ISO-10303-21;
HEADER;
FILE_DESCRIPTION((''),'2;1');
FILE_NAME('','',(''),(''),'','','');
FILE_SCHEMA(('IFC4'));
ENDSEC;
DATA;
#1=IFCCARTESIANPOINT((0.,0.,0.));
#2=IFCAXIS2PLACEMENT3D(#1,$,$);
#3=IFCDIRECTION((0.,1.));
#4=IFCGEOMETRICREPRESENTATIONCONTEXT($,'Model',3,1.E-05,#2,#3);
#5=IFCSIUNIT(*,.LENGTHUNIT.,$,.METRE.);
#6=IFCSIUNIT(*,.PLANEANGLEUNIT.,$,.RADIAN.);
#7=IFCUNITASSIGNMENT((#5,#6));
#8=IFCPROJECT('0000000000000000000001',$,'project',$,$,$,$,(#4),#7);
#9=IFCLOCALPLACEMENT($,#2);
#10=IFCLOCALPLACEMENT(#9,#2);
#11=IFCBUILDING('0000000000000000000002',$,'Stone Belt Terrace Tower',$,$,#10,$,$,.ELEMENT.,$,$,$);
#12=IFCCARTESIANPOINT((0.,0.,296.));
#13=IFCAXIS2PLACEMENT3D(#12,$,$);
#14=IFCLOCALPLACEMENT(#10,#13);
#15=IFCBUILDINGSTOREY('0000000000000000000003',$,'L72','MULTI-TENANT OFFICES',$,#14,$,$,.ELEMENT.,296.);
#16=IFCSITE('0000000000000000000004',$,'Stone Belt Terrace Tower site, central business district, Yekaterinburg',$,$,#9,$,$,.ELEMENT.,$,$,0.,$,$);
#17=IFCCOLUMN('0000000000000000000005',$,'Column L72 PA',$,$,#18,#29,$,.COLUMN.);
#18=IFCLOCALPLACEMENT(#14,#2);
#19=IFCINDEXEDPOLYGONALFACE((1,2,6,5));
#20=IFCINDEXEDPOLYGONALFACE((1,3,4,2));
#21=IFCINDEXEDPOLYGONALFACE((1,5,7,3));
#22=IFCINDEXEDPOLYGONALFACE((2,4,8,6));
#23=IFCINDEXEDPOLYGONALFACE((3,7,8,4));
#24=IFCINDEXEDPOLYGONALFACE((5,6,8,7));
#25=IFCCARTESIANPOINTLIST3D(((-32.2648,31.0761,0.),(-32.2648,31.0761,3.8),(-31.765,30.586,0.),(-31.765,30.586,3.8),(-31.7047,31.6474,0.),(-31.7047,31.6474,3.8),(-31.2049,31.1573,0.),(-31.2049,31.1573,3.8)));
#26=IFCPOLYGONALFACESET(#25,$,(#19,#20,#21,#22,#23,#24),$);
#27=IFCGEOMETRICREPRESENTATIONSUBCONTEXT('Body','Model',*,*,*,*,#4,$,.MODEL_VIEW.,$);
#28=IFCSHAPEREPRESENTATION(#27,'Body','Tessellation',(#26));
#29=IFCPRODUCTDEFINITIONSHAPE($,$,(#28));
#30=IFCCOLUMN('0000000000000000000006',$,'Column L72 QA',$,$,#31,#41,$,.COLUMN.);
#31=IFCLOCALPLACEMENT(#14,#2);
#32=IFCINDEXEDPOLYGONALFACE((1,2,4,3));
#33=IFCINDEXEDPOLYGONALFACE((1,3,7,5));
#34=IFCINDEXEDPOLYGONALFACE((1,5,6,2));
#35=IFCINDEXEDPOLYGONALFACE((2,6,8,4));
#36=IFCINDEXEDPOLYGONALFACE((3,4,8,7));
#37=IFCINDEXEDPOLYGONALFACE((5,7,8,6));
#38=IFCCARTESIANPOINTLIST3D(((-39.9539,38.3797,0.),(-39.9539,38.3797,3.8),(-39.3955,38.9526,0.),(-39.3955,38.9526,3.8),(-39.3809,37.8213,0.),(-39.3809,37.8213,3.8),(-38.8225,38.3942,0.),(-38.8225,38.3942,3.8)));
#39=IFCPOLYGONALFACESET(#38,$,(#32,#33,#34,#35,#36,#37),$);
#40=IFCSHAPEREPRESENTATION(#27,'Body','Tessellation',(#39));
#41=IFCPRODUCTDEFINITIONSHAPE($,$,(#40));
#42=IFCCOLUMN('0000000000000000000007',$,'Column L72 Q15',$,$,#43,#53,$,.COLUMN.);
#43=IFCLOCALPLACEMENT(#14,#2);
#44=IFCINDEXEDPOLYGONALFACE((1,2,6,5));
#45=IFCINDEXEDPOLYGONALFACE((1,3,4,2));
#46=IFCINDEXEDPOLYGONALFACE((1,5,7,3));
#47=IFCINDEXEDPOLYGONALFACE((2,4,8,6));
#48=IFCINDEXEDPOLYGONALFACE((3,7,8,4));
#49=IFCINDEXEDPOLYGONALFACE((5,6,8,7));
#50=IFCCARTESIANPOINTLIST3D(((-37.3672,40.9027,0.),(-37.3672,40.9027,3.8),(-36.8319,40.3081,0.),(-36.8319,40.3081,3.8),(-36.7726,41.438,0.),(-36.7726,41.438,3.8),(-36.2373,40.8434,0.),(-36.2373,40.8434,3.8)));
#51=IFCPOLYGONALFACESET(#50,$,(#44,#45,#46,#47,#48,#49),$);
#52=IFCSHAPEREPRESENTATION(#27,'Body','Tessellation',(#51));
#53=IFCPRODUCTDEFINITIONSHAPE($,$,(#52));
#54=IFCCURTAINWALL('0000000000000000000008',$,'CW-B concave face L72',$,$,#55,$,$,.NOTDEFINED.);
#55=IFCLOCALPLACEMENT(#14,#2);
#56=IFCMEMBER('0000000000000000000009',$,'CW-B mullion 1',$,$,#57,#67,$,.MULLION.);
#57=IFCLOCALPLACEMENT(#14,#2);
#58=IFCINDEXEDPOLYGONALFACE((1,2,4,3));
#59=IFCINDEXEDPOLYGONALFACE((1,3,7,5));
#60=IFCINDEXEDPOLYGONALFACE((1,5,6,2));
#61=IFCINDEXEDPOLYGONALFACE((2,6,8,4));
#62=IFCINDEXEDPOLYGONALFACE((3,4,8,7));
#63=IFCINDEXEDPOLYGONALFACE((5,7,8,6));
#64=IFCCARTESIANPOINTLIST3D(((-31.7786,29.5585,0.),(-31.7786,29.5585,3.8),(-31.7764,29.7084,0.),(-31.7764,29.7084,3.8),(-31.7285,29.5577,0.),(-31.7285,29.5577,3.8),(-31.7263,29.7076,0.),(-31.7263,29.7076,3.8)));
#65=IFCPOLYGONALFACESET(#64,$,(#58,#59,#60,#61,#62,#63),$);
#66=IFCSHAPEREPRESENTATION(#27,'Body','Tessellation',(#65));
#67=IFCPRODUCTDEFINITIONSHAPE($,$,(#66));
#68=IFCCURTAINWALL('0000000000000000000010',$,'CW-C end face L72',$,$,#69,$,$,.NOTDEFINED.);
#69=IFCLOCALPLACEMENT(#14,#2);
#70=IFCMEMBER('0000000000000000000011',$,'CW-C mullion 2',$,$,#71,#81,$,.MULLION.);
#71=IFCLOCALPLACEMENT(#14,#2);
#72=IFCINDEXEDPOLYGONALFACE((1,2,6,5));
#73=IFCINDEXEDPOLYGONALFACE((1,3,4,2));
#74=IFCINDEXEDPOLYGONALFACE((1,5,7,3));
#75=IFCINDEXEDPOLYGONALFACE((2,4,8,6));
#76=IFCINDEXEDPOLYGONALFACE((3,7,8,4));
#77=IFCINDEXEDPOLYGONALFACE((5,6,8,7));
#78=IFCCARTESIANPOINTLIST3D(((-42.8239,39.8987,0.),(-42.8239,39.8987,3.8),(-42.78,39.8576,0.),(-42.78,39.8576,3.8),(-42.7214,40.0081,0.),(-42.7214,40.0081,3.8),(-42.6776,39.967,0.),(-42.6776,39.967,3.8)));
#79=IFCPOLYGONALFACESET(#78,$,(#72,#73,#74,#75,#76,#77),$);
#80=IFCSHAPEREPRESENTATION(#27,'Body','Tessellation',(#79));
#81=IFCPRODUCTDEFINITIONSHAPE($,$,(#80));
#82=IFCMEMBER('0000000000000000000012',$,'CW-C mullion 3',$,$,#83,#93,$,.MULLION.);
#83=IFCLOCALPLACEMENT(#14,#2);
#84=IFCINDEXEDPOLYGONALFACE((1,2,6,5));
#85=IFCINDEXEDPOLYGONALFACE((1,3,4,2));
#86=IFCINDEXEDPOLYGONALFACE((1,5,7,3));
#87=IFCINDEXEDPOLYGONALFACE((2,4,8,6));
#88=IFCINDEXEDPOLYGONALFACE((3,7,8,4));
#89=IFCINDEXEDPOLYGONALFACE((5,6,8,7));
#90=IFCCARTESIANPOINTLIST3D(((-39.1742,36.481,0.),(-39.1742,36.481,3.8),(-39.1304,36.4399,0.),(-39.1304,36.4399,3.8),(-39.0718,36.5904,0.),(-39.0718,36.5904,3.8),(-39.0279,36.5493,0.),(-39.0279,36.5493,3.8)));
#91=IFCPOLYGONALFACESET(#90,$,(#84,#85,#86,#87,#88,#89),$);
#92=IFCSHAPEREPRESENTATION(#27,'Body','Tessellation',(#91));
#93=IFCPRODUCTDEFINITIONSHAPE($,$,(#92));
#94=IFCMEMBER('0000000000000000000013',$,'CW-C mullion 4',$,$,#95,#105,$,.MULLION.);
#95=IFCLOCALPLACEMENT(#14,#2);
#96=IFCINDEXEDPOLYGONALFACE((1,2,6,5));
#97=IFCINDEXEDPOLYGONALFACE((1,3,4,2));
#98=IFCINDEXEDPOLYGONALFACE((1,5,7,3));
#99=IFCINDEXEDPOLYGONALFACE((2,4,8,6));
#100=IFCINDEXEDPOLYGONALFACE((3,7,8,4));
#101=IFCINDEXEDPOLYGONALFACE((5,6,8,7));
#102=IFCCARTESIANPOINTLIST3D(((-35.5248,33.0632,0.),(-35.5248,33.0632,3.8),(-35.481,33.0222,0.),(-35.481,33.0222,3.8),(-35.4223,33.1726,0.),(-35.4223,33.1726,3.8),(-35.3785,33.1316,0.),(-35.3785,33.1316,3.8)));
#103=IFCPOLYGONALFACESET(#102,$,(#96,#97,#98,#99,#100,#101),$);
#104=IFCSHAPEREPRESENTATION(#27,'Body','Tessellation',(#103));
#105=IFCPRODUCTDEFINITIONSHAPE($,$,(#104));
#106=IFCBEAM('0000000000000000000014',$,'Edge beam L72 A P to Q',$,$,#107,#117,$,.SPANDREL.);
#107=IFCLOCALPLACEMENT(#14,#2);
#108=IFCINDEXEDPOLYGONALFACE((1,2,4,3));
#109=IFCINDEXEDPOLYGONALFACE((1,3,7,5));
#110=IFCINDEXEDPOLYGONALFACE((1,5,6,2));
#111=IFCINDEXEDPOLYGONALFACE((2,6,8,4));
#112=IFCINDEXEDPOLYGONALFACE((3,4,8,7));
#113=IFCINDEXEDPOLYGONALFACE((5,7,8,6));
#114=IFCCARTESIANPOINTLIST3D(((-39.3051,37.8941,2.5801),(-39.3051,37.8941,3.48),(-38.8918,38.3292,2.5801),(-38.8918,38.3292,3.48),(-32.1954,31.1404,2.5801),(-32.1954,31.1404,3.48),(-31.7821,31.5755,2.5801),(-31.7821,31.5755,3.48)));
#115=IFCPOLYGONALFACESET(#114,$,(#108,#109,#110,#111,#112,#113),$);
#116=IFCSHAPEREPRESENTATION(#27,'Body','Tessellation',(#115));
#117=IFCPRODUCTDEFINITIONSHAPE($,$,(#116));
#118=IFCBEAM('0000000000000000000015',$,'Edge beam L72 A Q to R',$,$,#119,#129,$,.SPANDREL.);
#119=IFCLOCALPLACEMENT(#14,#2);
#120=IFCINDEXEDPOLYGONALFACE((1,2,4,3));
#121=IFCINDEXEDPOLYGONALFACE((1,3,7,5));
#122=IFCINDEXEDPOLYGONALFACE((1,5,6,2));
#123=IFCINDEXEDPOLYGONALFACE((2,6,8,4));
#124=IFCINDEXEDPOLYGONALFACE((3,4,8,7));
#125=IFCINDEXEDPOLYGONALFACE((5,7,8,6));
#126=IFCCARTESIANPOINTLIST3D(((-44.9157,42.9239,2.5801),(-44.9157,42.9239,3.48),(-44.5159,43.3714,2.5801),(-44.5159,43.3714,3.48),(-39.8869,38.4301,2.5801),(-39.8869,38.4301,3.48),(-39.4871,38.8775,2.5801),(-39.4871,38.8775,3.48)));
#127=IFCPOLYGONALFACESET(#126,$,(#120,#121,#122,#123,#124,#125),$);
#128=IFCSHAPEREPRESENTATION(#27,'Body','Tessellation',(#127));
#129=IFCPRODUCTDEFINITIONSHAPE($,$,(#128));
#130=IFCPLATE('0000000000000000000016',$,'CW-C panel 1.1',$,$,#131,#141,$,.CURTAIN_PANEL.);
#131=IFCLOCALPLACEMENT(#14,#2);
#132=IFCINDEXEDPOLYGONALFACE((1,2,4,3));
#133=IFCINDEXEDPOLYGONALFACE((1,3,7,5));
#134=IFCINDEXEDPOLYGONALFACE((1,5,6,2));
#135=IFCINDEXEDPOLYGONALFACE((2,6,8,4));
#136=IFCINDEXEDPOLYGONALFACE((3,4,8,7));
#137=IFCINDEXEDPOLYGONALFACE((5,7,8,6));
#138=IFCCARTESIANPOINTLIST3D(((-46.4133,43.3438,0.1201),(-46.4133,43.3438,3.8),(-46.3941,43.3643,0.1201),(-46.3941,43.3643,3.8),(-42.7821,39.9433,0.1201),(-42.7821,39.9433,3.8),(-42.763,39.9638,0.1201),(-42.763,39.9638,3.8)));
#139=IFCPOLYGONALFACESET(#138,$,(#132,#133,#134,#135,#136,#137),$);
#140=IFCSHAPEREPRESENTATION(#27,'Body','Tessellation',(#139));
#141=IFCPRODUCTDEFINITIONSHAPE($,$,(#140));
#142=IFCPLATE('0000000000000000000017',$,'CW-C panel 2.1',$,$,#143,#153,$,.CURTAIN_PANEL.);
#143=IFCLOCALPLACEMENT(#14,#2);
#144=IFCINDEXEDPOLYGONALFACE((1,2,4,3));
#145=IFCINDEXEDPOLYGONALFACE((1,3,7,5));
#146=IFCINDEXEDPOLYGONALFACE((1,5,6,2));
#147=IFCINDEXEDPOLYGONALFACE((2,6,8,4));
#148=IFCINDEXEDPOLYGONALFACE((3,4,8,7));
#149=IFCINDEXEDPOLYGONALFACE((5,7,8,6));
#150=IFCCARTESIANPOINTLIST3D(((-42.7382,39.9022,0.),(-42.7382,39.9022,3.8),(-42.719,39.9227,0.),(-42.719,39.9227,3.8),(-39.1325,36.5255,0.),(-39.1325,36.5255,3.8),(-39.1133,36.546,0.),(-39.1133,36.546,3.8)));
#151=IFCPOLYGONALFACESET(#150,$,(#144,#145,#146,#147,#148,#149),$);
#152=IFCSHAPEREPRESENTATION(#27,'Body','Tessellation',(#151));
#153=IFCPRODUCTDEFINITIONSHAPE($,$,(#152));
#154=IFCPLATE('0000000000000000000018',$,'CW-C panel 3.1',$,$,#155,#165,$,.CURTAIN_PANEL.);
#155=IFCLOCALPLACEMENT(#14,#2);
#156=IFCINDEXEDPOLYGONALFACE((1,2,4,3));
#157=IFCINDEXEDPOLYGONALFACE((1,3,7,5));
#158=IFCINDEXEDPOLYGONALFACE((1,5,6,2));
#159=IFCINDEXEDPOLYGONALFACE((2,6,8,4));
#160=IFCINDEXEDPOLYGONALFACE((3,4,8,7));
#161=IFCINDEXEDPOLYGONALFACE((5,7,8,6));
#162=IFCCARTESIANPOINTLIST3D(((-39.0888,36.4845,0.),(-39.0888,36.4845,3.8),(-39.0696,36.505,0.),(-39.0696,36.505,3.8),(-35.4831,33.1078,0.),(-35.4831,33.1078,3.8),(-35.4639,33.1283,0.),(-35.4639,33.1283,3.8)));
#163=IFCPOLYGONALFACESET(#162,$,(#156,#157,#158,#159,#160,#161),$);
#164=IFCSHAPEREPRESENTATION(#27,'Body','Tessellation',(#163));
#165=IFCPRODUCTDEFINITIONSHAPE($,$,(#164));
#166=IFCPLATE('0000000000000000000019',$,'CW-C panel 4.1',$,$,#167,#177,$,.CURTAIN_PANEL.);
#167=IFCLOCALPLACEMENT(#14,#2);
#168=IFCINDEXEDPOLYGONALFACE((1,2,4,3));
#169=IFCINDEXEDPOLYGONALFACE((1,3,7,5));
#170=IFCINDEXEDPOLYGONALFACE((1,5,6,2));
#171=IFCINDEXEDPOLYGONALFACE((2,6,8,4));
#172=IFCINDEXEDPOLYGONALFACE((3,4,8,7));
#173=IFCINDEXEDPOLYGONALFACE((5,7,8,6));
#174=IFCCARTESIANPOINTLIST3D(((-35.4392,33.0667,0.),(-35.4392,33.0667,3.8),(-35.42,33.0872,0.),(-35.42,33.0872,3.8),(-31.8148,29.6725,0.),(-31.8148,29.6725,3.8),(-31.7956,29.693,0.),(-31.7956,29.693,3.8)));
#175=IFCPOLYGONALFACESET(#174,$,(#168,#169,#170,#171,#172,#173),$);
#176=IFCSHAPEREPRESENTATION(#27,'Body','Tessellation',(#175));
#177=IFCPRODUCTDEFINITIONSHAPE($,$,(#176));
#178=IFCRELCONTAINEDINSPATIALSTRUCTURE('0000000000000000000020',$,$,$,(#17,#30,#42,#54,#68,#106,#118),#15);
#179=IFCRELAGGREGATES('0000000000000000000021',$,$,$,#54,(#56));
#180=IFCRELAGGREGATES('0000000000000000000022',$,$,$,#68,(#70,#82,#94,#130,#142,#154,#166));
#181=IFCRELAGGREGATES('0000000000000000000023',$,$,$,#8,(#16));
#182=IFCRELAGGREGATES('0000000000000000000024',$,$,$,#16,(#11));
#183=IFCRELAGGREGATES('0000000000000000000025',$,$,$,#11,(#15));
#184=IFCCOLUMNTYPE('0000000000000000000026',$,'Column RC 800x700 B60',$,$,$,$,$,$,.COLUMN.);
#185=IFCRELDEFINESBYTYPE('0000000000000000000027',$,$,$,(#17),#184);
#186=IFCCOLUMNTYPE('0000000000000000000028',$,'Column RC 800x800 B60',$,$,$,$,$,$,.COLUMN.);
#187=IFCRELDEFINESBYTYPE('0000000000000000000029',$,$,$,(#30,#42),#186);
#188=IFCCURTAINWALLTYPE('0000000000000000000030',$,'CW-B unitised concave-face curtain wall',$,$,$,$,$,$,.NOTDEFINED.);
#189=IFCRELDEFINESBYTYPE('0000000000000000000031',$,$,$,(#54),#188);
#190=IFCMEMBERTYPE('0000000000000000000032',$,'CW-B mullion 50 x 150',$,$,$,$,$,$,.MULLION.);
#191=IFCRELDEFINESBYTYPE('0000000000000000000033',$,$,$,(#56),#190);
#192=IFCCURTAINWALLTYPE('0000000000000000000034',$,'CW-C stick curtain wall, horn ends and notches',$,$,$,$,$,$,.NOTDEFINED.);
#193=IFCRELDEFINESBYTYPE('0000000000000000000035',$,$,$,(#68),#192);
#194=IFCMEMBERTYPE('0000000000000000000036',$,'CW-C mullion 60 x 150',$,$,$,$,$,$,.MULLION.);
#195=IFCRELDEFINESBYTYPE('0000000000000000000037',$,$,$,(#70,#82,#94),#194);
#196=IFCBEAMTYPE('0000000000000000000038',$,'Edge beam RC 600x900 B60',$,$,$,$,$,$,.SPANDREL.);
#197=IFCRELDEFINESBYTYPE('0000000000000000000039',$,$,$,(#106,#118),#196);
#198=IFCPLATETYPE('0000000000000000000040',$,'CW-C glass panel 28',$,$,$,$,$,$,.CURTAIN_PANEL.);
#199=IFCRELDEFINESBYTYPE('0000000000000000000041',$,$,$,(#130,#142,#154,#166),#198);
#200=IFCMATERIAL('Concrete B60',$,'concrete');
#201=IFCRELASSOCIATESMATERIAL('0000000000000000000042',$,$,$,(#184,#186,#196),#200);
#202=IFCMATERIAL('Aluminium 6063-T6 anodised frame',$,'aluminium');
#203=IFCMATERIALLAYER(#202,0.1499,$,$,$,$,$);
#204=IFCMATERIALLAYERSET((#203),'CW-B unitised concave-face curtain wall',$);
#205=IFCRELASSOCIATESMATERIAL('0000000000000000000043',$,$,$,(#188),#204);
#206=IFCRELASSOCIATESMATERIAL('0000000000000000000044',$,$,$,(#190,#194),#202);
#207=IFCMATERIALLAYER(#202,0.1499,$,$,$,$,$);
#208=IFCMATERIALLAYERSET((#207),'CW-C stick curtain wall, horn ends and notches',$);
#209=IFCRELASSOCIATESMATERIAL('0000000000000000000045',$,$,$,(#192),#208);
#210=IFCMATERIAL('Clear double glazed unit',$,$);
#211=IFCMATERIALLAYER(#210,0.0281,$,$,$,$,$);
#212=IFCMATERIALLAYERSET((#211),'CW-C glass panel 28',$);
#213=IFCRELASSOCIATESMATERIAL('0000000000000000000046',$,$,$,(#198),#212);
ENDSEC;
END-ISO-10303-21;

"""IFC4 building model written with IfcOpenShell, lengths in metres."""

from ifc_helpers import new_model, si_unit, direction, frame, origin, origin_2d, place, context, subcontext, project, spatial, rectangle, extrude, material, layer, layer_set, material_profile, profile_set, type_object, element, aggregate, save


model = new_model("IFC4")

# Units and contexts
model_context = context("Model", 3, precision=1e-05, world=origin(), true_north=direction((0.0, 1.0)))
body_context = subcontext(model_context, "Body", "Model", "MODEL_VIEW")
ifc_project = project(units=[si_unit("LENGTHUNIT", "METRE"), si_unit("PLANEANGLEUNIT", "RADIAN")], contexts=[model_context])

# Site, building, storey
site_placement = place(None, origin())
site = spatial("IfcSite", under=ifc_project, at=site_placement, Name="Stone Belt Terrace Tower site, central business district, Yekaterinburg", CompositionType="ELEMENT", RefElevation=0.0)
building_placement = place(site_placement, origin())
building = spatial("IfcBuilding", under=site, at=building_placement, Name="Stone Belt Terrace Tower", CompositionType="ELEMENT")
storey_placement = place(building_placement, frame((0.0, 0.0, 296.0)))
storey = spatial("IfcBuildingStorey", under=building, at=storey_placement, Name="L72", Description="MULTI-TENANT OFFICES", CompositionType="ELEMENT", Elevation=296.0)

# Columns
ifc_material_1 = material(Name="Concrete B60", Category="concrete")
ifc_material_profile_1 = material_profile(ifc_material_1, rectangle(XDim=0.8, YDim=0.7, at=origin_2d()), Name="RC 800x700")
ifc_profile_set_1 = profile_set([ifc_material_profile_1], Name="Concrete B60")
column_type_1 = type_object("IfcColumnType", Name="Column RC 800x700 B60", PredefinedType="COLUMN", material=ifc_profile_set_1)
column_placement = place(storey_placement, frame((-31.7349, 31.1167, 0.0), z_axis=(0.0, 0.0, 1.0), x_axis=(0.70012, 0.714026, 0.0)))
element("IfcColumn", 1, at=column_placement, inside=storey, type_object=column_type_1, Name="Column L72 PA", PredefinedType="COLUMN", context=body_context, shape_type="SweptSolid", body=[
    extrude(rectangle(XDim=0.8, YDim=0.7, at=origin_2d()), origin(), (0.0, 0.0, 1.0), 3.8),
])
ifc_material_profile_2 = material_profile(ifc_material_1, rectangle(XDim=0.8, YDim=0.8, at=origin_2d()), Name="RC 800x800")
ifc_profile_set_2 = profile_set([ifc_material_profile_2], Name="Concrete B60")
column_type_2 = type_object("IfcColumnType", Name="Column RC 800x800 B60", PredefinedType="COLUMN", material=ifc_profile_set_2)
for number, where, z_axis, x_axis, name in (
    (2, (-39.3882, 38.387, 0.0), (0.0, 0.0, 1.0), (0.697944, 0.716152, 0.0), "Column L72 QA"),
    (3, (-36.8022, 40.873, 0.0), (0.0, 0.0, 1.0), (0.743145, 0.669131, 0.0), "Column L72 Q15"),
):
    element("IfcColumn", number, at=place(storey_placement, frame(where, z_axis=z_axis, x_axis=x_axis)), inside=storey, type_object=column_type_2, Name=name, PredefinedType="COLUMN", context=body_context, shape_type="SweptSolid", body=[
        extrude(rectangle(XDim=0.8, YDim=0.8, at=origin_2d()), origin(), (0.0, 0.0, 1.0), 3.8),
    ])

# Curtain wall, member
ifc_material_2 = material(Name="Aluminium 6063-T6 anodised frame", Category="aluminium")
ifc_layer_1 = layer(ifc_material_2, 0.1499)
ifc_layer_set_1 = layer_set([ifc_layer_1], Name="CW-B unitised concave-face curtain wall")
curtain_wall_type_1 = type_object("IfcCurtainWallType", Name="CW-B unitised concave-face curtain wall", PredefinedType="NOTDEFINED", material=ifc_layer_set_1)
curtain_wall_1_placement = place(storey_placement, origin())
curtain_wall_1 = element("IfcCurtainWall", 4, at=curtain_wall_1_placement, inside=storey, type_object=curtain_wall_type_1, Name="CW-B concave face L72", PredefinedType="NOTDEFINED")
ifc_material_profile_3 = material_profile(ifc_material_2, rectangle(XDim=0.1499, YDim=0.05, at=origin_2d()), Name="Aluminium 6063-T6 50x150")
ifc_profile_set_3 = profile_set([ifc_material_profile_3], Name="Aluminium 6063-T6 anodised frame")
member_type_1 = type_object("IfcMemberType", Name="CW-B mullion 50 x 150", PredefinedType="MULLION", material=ifc_profile_set_3)
member_1_placement = place(storey_placement, frame((-31.7524, 29.6331, 0.0), z_axis=(0.0, 0.0, 1.0), x_axis=(0.014682, 0.999892, 0.0)))
member_1 = element("IfcMember", 5, at=member_1_placement, type_object=member_type_1, Name="CW-B mullion 1", PredefinedType="MULLION", context=body_context, shape_type="SweptSolid", body=[
    extrude(rectangle(XDim=0.1499, YDim=0.05, at=origin_2d()), origin(), (0.0, 0.0, 1.0), 3.8),
])
aggregate(curtain_wall_1, [member_1])

# Curtain wall, members
ifc_layer_2 = layer(ifc_material_2, 0.1499)
ifc_layer_set_2 = layer_set([ifc_layer_2], Name="CW-C stick curtain wall, horn ends and notches")
curtain_wall_type_2 = type_object("IfcCurtainWallType", Name="CW-C stick curtain wall, horn ends and notches", PredefinedType="NOTDEFINED", material=ifc_layer_set_2)
curtain_wall_2_placement = place(storey_placement, origin())
curtain_wall_2 = element("IfcCurtainWall", 6, at=curtain_wall_2_placement, inside=storey, type_object=curtain_wall_type_2, Name="CW-C end face L72", PredefinedType="NOTDEFINED")
ifc_material_profile_4 = material_profile(ifc_material_2, rectangle(XDim=0.1499, YDim=0.0601, at=origin_2d()), Name="Aluminium 6063-T6 60x150")
ifc_profile_set_4 = profile_set([ifc_material_profile_4], Name="Aluminium 6063-T6 anodised frame")
member_type_2 = type_object("IfcMemberType", Name="CW-C mullion 60 x 150", PredefinedType="MULLION", material=ifc_profile_set_4)
member_2_placement = place(storey_placement, frame((-42.7507, 39.9329, 0.0), z_axis=(0.0, 0.0, 1.0), x_axis=(0.683549, 0.729904, 0.0)))
member_2 = element("IfcMember", 7, at=member_2_placement, type_object=member_type_2, Name="CW-C mullion 2", PredefinedType="MULLION", context=body_context, shape_type="SweptSolid", body=[
    extrude(rectangle(XDim=0.1499, YDim=0.0601, at=origin_2d()), origin(), (0.0, 0.0, 1.0), 3.8),
])
member_3_placement = place(storey_placement, frame((-39.1011, 36.5151, 0.0), z_axis=(0.0, 0.0, 1.0), x_axis=(0.683549, 0.729904, 0.0)))
member_3 = element("IfcMember", 8, at=member_3_placement, type_object=member_type_2, Name="CW-C mullion 3", PredefinedType="MULLION", context=body_context, shape_type="SweptSolid", body=[
    extrude(rectangle(XDim=0.1499, YDim=0.0601, at=origin_2d()), origin(), (0.0, 0.0, 1.0), 3.8),
])
member_4_placement = place(storey_placement, frame((-35.4517, 33.0974, 0.0), z_axis=(0.0, 0.0, 1.0), x_axis=(0.683549, 0.729904, 0.0)))
member_4 = element("IfcMember", 9, at=member_4_placement, type_object=member_type_2, Name="CW-C mullion 4", PredefinedType="MULLION", context=body_context, shape_type="SweptSolid", body=[
    extrude(rectangle(XDim=0.1499, YDim=0.0601, at=origin_2d()), origin(), (0.0, 0.0, 1.0), 3.8),
])

# Beams
ifc_material_profile_5 = material_profile(ifc_material_1, rectangle(XDim=0.6001, YDim=0.8999, at=origin_2d()), Name="RC 600x900")
ifc_profile_set_5 = profile_set([ifc_material_profile_5], Name="Concrete B60")
beam_type = type_object("IfcBeamType", Name="Edge beam RC 600x900 B60", PredefinedType="SPANDREL", material=ifc_profile_set_5)
beam_1_placement = place(storey_placement, frame((-31.9888, 31.3579, 3.03), z_axis=(-0.725024, 0.688724, 0.0), x_axis=(-0.688724, -0.725024, 0.0)))
element("IfcBeam", 10, at=beam_1_placement, inside=storey, type_object=beam_type, Name="Edge beam L72 A P to Q", PredefinedType="SPANDREL", context=body_context, shape_type="SweptSolid", body=[
    extrude(rectangle(XDim=0.6001, YDim=0.8999, at=origin_2d()), origin(), (0.0, 0.0, 1.0), 9.8062),
])
beam_2_placement = place(storey_placement, frame((-39.687, 38.6538, 3.03), z_axis=(-0.745651, 0.666337, 0.0), x_axis=(-0.666337, -0.745651, 0.0)))
element("IfcBeam", 11, at=beam_2_placement, inside=storey, type_object=beam_type, Name="Edge beam L72 A Q to R", PredefinedType="SPANDREL", context=body_context, shape_type="SweptSolid", body=[
    extrude(rectangle(XDim=0.6001, YDim=0.8999, at=origin_2d()), origin(), (0.0, 0.0, 1.0), 6.7441),
])

# Plates
ifc_material_3 = material(Name="Clear double glazed unit")
ifc_layer_3 = layer(ifc_material_3, 0.0281)
ifc_layer_set_3 = layer_set([ifc_layer_3], Name="CW-C glass panel 28")
plate_type = type_object("IfcPlateType", Name="CW-C glass panel 28", PredefinedType="CURTAIN_PANEL", material=ifc_layer_set_3)
plate_1_placement = place(storey_placement, frame((-44.5881, 41.6538, 0.1201), z_axis=(0.0, 0.0, 1.0), x_axis=(0.729904, -0.683549, 0.0)))
plate_1 = element("IfcPlate", 12, at=plate_1_placement, type_object=plate_type, Name="CW-C panel 1.1", PredefinedType="CURTAIN_PANEL", context=body_context, shape_type="SweptSolid", body=[
    extrude(rectangle(XDim=4.9749, YDim=0.0281, at=origin_2d()), origin(), (0.0, 0.0, 1.0), 3.6799),
])
plate_2_placement = place(storey_placement, frame((-40.9258, 38.2241, 0.0), z_axis=(0.0, 0.0, 1.0), x_axis=(0.729904, -0.683549, 0.0)))
plate_2 = element("IfcPlate", 13, at=plate_2_placement, type_object=plate_type, Name="CW-C panel 2.1", PredefinedType="CURTAIN_PANEL", context=body_context, shape_type="SweptSolid", body=[
    extrude(rectangle(XDim=4.9399, YDim=0.0281, at=origin_2d()), origin(), (0.0, 0.0, 1.0), 3.8),
])
plate_3_placement = place(storey_placement, frame((-37.2764, 34.8064, 0.0), z_axis=(0.0, 0.0, 1.0), x_axis=(0.729904, -0.683549, 0.0)))
plate_3 = element("IfcPlate", 14, at=plate_3_placement, type_object=plate_type, Name="CW-C panel 3.1", PredefinedType="CURTAIN_PANEL", context=body_context, shape_type="SweptSolid", body=[
    extrude(rectangle(XDim=4.9399, YDim=0.0281, at=origin_2d()), origin(), (0.0, 0.0, 1.0), 3.8),
])
plate_4_placement = place(storey_placement, frame((-33.6174, 31.3799, 0.0), z_axis=(0.0, 0.0, 1.0), x_axis=(0.729904, -0.683549, 0.0)))
plate_4 = element("IfcPlate", 15, at=plate_4_placement, type_object=plate_type, Name="CW-C panel 4.1", PredefinedType="CURTAIN_PANEL", context=body_context, shape_type="SweptSolid", body=[
    extrude(rectangle(XDim=4.9656, YDim=0.0281, at=origin_2d()), origin(), (0.0, 0.0, 1.0), 3.8),
])
aggregate(curtain_wall_2, [member_2, member_3, member_4, plate_1, plate_2, plate_3, plate_4])

save(model, "model.ifc")
